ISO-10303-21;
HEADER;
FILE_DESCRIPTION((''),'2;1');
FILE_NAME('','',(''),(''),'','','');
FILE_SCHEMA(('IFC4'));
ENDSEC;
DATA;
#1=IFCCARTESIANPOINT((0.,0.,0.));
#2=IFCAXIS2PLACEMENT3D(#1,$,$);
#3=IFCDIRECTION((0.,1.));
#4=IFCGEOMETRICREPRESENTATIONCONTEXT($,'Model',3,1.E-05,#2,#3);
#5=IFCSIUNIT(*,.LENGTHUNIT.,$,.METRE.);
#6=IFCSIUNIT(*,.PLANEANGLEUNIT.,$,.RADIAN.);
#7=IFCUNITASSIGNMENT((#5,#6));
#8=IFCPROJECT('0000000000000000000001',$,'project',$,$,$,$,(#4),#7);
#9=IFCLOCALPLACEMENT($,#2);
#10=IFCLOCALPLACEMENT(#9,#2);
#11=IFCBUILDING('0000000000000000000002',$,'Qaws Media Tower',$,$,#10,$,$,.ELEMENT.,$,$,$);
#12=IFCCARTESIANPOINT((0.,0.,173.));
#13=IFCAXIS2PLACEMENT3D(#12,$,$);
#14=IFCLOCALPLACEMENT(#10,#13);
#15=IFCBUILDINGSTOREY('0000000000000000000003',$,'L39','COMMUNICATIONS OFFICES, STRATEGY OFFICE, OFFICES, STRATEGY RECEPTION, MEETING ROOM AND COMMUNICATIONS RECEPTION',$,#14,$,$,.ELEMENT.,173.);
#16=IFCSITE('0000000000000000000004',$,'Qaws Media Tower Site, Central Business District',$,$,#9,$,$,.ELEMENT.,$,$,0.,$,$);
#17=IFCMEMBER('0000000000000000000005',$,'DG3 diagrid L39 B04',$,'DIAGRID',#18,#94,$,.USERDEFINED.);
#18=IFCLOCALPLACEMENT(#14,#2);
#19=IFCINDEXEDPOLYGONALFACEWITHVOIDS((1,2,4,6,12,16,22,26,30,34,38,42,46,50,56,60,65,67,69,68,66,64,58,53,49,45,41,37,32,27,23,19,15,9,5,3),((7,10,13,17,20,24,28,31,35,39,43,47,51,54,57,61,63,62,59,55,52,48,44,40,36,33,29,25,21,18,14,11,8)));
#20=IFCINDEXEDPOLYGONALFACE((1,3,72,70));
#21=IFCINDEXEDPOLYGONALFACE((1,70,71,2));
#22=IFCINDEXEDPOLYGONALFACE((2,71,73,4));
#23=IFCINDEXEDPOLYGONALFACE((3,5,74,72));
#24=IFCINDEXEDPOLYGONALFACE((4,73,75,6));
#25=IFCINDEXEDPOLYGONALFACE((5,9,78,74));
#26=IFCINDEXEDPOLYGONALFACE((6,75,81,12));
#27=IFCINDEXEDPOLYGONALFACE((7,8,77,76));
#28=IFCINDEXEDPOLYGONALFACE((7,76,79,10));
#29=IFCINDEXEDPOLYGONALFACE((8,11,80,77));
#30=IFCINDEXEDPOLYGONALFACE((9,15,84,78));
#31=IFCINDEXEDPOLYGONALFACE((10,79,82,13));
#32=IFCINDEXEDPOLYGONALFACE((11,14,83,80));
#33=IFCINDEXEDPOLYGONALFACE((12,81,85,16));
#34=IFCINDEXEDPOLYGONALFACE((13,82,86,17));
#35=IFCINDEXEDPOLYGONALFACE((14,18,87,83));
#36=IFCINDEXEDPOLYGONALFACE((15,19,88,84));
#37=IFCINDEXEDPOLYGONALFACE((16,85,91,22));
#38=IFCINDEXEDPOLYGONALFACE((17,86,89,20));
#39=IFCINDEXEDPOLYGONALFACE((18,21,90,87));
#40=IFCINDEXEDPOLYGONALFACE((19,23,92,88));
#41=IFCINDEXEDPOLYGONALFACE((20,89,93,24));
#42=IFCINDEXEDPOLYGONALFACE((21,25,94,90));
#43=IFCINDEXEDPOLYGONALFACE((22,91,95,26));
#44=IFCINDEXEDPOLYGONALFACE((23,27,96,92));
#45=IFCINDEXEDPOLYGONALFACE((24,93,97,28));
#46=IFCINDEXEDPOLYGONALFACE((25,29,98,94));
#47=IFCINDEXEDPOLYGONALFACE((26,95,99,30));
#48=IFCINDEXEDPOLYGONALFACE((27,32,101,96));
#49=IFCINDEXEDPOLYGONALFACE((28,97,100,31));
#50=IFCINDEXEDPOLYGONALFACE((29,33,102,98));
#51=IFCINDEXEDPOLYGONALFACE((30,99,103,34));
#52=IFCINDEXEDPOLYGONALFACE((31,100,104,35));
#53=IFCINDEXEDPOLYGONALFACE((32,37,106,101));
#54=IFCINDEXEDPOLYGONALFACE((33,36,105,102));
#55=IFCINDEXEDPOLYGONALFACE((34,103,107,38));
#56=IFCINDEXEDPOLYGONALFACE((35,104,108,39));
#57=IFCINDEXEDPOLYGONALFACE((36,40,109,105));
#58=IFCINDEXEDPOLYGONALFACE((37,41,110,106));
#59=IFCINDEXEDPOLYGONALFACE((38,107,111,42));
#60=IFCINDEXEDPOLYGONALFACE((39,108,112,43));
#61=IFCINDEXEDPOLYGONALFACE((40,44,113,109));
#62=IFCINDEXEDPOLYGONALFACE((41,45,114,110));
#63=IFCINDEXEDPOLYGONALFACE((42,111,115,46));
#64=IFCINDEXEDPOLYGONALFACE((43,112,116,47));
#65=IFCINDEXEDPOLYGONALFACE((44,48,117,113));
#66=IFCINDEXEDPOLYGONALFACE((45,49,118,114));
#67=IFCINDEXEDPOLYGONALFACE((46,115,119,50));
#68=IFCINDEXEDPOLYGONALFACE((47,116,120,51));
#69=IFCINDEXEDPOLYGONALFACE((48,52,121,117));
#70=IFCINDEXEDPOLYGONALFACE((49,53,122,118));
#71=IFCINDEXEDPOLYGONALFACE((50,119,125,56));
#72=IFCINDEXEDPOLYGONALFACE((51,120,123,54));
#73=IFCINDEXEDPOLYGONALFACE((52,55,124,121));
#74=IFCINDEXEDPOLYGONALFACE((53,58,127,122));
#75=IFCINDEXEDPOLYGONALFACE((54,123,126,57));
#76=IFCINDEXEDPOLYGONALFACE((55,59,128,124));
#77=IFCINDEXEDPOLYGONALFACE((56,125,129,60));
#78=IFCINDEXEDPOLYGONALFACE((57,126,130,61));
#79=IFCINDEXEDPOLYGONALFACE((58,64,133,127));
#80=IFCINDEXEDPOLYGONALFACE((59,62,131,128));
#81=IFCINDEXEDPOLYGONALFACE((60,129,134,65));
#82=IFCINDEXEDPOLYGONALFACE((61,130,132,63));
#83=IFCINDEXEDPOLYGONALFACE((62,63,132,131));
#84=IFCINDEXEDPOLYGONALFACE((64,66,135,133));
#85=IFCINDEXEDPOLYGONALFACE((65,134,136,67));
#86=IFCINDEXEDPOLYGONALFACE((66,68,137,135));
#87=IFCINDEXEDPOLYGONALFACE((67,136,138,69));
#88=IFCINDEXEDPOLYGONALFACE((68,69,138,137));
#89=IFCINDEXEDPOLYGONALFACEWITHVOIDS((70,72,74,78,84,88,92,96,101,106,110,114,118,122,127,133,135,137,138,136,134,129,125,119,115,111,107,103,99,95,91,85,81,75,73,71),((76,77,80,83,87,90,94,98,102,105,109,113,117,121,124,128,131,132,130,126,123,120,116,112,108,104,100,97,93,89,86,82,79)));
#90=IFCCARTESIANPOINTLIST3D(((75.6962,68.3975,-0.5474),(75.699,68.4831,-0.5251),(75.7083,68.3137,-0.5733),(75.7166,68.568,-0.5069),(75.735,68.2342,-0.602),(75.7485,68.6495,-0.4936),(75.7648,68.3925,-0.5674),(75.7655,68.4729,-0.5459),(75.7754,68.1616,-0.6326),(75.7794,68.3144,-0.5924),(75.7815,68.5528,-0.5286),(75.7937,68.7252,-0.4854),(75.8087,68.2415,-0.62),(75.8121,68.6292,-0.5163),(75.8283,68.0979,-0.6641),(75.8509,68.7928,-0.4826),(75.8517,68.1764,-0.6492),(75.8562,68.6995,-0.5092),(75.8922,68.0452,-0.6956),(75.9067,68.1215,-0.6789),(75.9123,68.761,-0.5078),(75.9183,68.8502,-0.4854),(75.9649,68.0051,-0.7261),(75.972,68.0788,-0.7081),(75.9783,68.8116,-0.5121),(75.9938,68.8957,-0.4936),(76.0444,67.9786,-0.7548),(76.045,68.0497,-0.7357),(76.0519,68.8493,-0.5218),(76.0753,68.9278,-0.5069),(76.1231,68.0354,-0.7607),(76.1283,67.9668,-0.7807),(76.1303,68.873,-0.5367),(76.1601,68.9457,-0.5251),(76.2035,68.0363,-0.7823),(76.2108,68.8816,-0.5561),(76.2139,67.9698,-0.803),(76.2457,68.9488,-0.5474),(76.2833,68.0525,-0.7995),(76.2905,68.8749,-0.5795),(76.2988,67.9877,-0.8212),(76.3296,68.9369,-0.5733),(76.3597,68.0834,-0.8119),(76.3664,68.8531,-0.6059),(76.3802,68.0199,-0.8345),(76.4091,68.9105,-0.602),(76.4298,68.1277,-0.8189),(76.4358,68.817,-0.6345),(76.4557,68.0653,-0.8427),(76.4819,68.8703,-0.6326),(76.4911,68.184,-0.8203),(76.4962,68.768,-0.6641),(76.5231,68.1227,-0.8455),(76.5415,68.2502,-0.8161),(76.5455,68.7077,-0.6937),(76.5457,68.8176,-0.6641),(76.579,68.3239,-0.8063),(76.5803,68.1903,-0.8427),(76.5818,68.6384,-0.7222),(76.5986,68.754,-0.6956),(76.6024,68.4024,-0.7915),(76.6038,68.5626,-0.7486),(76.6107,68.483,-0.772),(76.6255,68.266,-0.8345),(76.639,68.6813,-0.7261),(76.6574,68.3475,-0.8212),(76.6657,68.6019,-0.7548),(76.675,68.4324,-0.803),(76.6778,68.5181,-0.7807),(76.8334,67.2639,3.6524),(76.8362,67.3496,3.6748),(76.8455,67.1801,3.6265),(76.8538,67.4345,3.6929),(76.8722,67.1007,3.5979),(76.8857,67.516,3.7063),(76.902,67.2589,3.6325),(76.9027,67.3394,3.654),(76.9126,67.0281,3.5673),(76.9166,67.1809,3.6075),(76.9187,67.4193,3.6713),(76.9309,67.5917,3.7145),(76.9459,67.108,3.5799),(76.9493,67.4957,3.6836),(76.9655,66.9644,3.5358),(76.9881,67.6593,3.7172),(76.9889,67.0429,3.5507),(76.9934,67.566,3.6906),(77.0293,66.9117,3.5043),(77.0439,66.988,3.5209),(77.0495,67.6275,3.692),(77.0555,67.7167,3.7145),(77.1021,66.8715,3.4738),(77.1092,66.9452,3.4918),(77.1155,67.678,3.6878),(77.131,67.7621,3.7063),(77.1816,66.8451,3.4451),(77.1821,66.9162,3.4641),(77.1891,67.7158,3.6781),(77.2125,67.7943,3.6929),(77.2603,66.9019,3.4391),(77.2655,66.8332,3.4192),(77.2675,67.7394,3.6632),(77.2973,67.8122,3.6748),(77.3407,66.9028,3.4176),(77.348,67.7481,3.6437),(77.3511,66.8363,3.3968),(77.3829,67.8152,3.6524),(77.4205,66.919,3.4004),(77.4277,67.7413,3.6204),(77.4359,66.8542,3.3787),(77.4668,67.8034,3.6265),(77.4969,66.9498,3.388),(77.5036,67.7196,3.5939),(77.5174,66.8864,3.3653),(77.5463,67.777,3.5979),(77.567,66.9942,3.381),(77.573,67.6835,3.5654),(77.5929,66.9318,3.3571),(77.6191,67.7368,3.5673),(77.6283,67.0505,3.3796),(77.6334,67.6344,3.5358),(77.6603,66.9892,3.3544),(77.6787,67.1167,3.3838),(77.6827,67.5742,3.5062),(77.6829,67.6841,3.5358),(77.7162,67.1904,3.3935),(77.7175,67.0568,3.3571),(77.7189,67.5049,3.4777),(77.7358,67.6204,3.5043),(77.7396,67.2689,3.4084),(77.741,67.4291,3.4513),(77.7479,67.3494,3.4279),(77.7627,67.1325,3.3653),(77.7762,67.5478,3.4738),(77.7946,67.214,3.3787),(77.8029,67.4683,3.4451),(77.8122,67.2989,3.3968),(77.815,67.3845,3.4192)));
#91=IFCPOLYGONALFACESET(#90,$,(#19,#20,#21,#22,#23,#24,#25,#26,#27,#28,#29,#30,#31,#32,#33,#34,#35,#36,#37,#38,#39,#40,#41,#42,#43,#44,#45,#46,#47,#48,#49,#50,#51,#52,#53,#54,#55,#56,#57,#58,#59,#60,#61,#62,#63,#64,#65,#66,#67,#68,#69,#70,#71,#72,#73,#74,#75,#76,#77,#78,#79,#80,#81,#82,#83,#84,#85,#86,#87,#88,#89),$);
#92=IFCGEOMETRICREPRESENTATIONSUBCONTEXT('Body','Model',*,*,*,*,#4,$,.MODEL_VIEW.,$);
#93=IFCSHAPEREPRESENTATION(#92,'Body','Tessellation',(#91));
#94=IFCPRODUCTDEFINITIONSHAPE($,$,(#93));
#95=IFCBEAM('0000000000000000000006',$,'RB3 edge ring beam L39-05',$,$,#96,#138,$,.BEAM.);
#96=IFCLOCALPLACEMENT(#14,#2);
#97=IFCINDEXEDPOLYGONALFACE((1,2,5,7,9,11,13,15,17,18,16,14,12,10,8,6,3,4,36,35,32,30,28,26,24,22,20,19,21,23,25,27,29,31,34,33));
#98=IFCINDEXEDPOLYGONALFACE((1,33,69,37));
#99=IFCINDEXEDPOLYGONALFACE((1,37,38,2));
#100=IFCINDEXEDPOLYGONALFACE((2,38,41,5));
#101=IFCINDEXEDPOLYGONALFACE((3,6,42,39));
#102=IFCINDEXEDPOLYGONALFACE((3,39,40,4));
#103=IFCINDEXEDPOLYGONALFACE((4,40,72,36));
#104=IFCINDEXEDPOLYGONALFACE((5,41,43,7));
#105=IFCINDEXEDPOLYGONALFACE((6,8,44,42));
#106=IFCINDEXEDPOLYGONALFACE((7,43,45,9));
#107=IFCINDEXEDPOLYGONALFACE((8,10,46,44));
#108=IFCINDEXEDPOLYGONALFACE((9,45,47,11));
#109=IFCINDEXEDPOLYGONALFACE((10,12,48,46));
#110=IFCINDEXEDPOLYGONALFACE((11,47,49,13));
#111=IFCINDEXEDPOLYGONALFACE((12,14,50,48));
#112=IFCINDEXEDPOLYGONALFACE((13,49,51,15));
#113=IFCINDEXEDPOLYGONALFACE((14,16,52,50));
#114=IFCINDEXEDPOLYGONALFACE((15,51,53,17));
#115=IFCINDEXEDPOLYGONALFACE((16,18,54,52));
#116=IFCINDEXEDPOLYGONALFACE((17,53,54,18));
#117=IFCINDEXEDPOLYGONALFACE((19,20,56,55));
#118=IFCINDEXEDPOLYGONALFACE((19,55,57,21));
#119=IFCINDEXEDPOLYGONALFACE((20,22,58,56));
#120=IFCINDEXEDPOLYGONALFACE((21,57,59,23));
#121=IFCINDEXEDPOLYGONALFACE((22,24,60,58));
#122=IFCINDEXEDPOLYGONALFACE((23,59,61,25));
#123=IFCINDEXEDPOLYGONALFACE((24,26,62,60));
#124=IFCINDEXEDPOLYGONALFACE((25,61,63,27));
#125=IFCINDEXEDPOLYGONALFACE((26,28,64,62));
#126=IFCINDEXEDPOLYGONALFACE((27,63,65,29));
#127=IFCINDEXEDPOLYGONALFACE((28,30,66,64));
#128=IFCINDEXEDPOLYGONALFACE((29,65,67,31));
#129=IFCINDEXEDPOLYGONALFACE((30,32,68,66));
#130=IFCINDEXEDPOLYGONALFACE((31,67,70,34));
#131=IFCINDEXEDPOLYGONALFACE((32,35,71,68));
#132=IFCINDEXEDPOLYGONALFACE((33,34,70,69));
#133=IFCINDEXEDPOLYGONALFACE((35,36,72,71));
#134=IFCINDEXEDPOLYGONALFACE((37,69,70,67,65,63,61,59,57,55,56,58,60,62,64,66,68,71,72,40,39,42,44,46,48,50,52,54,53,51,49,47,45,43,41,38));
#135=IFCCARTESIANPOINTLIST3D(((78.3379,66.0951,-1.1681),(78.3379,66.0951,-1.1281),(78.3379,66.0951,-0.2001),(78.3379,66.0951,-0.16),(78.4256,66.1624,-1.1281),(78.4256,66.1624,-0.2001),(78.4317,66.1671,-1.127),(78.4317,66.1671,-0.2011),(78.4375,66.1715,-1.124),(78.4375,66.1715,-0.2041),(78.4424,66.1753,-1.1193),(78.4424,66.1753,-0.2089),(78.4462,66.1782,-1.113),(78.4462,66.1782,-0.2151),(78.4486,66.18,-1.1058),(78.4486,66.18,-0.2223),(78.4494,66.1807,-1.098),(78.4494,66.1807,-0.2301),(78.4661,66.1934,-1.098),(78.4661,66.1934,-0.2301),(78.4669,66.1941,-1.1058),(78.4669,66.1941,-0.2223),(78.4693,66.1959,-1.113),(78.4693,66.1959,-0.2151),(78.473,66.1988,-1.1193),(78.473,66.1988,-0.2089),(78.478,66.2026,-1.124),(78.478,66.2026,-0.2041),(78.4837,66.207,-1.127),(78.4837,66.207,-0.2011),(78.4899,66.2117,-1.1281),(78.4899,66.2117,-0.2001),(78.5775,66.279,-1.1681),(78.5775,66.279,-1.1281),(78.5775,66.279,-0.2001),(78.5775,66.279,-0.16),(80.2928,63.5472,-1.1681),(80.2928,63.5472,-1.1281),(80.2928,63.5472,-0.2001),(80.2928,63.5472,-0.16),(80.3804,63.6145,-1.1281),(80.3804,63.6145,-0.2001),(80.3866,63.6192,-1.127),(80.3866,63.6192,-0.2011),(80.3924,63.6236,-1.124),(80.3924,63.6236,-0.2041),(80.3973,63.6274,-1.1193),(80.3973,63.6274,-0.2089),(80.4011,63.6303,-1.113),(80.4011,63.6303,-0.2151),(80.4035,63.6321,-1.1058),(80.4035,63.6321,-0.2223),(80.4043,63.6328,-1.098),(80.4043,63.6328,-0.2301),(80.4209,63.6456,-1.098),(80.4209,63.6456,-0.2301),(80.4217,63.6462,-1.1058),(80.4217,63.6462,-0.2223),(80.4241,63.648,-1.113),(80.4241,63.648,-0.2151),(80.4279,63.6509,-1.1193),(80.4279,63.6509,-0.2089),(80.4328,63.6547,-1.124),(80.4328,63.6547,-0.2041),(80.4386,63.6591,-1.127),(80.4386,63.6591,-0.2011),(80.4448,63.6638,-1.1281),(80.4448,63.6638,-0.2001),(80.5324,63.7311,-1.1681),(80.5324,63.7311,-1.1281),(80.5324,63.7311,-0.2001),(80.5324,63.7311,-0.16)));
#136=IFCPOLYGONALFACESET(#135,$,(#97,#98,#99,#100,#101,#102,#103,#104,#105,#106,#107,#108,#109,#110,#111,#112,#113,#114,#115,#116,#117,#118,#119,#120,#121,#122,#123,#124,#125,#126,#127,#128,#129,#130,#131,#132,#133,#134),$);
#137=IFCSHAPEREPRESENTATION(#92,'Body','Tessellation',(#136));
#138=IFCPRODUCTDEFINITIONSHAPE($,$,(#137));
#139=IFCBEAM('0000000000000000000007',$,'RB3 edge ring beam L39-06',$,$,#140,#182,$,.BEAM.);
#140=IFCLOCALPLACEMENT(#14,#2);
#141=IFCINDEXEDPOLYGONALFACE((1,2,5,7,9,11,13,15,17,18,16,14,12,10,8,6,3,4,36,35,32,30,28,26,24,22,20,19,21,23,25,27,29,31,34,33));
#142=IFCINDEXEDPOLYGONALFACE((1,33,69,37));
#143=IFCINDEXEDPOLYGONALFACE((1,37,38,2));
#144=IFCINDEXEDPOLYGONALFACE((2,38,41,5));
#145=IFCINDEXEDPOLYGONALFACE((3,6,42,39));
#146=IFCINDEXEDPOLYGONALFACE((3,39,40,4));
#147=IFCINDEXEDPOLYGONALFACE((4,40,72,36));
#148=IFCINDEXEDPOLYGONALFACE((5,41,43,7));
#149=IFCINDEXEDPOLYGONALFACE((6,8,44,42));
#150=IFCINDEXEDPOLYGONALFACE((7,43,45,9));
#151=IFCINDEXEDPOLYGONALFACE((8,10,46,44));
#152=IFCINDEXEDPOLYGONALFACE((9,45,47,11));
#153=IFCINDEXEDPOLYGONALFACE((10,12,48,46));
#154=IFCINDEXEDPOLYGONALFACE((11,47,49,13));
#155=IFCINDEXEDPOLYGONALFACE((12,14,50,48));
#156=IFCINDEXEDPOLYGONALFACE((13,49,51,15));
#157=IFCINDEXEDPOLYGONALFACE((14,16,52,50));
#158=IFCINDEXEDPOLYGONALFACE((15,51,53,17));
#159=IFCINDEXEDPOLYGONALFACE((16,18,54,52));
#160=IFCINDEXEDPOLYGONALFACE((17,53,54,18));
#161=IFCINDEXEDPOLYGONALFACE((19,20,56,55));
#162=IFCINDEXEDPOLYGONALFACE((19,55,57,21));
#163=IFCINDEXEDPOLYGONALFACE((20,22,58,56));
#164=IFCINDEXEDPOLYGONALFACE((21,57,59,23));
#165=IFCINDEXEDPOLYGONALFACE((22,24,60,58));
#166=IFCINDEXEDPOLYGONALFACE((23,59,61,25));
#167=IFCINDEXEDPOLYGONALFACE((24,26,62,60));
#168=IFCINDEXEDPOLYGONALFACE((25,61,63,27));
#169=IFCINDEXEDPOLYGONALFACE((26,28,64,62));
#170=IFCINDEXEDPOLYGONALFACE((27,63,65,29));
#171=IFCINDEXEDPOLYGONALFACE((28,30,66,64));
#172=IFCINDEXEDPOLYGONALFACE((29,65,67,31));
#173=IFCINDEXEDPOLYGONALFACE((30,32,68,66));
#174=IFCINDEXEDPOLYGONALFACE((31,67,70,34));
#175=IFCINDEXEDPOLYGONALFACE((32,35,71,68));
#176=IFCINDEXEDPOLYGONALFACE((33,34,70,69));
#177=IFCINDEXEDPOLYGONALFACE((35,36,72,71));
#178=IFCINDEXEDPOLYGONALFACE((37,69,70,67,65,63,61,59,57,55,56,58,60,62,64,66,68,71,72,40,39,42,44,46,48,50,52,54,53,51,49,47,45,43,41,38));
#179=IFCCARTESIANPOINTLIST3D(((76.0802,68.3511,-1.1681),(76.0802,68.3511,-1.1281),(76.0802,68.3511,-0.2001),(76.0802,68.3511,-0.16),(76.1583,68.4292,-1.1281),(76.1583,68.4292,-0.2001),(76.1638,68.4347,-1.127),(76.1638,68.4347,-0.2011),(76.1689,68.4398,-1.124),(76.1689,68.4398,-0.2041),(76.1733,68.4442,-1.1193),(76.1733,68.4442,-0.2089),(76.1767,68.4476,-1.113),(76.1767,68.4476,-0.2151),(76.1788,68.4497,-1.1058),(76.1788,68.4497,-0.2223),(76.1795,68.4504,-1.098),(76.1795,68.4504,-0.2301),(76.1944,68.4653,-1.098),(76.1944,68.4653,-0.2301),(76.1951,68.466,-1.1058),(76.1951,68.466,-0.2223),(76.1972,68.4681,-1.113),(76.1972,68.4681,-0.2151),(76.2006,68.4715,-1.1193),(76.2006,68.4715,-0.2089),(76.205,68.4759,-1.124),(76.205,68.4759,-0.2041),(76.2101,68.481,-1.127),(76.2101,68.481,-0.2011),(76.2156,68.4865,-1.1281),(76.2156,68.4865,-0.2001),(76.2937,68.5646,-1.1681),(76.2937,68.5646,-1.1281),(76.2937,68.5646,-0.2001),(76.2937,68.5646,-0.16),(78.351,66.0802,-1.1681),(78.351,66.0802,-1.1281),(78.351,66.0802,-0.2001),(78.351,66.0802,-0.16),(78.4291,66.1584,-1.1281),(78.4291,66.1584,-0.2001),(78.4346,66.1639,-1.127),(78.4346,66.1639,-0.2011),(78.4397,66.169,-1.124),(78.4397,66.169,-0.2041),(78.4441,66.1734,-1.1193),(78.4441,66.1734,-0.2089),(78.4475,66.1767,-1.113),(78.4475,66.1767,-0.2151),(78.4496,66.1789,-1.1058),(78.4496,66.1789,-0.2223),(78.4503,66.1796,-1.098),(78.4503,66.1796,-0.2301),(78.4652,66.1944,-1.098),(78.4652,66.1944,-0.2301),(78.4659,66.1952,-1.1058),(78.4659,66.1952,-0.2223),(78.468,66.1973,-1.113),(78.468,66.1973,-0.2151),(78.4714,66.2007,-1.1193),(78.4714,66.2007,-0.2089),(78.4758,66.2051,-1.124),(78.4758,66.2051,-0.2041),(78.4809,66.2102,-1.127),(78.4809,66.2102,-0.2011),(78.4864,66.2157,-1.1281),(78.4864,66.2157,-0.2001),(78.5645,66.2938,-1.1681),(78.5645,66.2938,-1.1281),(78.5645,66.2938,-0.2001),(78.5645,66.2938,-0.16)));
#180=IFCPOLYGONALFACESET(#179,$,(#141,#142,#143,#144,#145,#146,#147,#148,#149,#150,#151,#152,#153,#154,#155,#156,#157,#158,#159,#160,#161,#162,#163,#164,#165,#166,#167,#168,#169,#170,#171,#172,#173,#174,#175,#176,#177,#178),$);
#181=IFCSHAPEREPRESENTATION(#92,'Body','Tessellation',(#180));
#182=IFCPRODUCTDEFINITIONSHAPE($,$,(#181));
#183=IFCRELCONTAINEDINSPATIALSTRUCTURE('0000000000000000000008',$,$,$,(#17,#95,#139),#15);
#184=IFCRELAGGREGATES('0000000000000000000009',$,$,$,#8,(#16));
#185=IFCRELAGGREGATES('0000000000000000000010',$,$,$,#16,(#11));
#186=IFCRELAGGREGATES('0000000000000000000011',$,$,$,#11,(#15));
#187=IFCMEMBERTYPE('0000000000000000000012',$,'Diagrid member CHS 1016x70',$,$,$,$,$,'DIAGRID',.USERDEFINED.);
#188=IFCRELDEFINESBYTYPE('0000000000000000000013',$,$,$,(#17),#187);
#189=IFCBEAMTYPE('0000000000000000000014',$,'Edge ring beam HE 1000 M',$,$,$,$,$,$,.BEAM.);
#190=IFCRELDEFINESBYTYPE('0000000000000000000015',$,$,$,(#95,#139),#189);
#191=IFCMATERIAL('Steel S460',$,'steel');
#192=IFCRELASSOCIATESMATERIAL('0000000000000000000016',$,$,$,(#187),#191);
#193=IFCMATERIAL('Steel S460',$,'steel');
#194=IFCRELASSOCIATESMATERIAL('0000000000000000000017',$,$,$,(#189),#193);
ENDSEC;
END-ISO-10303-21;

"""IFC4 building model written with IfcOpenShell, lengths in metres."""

from ifc_helpers import new_model, si_unit, direction, frame, origin, origin_2d, place, context, subcontext, project, spatial, hollow_circle, i_section, extrude, material, material_profile, profile_set, type_object, element, save


model = new_model("IFC4")

# Units and contexts
model_context = context("Model", 3, precision=1e-05, world=origin(), true_north=direction((0.0, 1.0)))
body_context = subcontext(model_context, "Body", "Model", "MODEL_VIEW")
ifc_project = project(units=[si_unit("LENGTHUNIT", "METRE"), si_unit("PLANEANGLEUNIT", "RADIAN")], contexts=[model_context])

# Site, building, storey
site_placement = place(None, origin())
site = spatial("IfcSite", under=ifc_project, at=site_placement, Name="Qaws Media Tower Site, Central Business District", CompositionType="ELEMENT", RefElevation=0.0)
building_placement = place(site_placement, origin())
building = spatial("IfcBuilding", under=site, at=building_placement, Name="Qaws Media Tower", CompositionType="ELEMENT")
storey_placement = place(building_placement, frame((0.0, 0.0, 173.0)))
storey = spatial("IfcBuildingStorey", under=building, at=storey_placement, Name="L39", Description="COMMUNICATIONS OFFICES, STRATEGY OFFICE, OFFICES, STRATEGY RECEPTION, MEETING ROOM AND COMMUNICATIONS RECEPTION", CompositionType="ELEMENT", Elevation=173.0)

# Member
ifc_material_1 = material(Name="Steel S460", Category="steel")
ifc_material_profile_1 = material_profile(ifc_material_1, hollow_circle(Radius=0.5081, WallThickness=0.0701, at=origin_2d()), Name="CHS 1016x70")
ifc_profile_set_1 = profile_set([ifc_material_profile_1], Name="Steel S460")
member_type_1 = type_object("IfcMemberType", Name="Diagrid member CHS 1016x70", ElementType="DIAGRID", PredefinedType="USERDEFINED", material=ifc_profile_set_1)
for number, where, z_axis, x_axis, name in (
    (1, (76.187, 68.4578, -0.6641), (0.252914, -0.2521, 0.934066), (0.705965, 0.708246, 0.0), "DG3 diagrid L39 B04"),
):
    element("IfcMember", number, at=place(storey_placement, frame(where, z_axis=z_axis, x_axis=x_axis)), inside=storey, type_object=member_type_1, Name=name, ObjectType="DIAGRID", PredefinedType="USERDEFINED", context=body_context, shape_type="SweptSolid", body=[
        extrude(hollow_circle(Radius=0.5081, WallThickness=0.0701, at=origin_2d()), origin(), (0.0, 0.0, 1.0), 4.4963),
    ])

# Beams
ifc_material_2 = material(Name="Steel S460", Category="steel")
ifc_material_profile_2 = material_profile(ifc_material_2, i_section(OverallWidth=0.302, OverallDepth=1.0081, WebThickness=0.021, FlangeThickness=0.04, FilletRadius=0.03, at=origin_2d()), Name="HE 1000 M")
ifc_profile_set_2 = profile_set([ifc_material_profile_2], Name="Steel S460")
beam_type = type_object("IfcBeamType", Name="Edge ring beam HE 1000 M", PredefinedType="BEAM", material=ifc_profile_set_2)
for number, where, z_axis, x_axis, name in (
    (2, (80.4126, 63.6392, -0.6641), (-0.608722, 0.793384, 0.0), (-0.793384, -0.608722, 0.0), "RB3 edge ring beam L39-05"),
    (3, (78.4578, 66.187, -0.6641), (-0.707107, 0.707107, 0.0), (-0.707107, -0.707107, 0.0), "RB3 edge ring beam L39-06"),
):
    element("IfcBeam", number, at=place(storey_placement, frame(where, z_axis=z_axis, x_axis=x_axis)), inside=storey, type_object=beam_type, Name=name, PredefinedType="BEAM", context=body_context, shape_type="SweptSolid", body=[
        extrude(i_section(OverallWidth=0.302, OverallDepth=1.0081, WebThickness=0.021, FlangeThickness=0.04, FilletRadius=0.03, at=origin_2d()), origin(), (0.0, 0.0, 1.0), 3.2114),
    ])

save(model, "model.ifc")
